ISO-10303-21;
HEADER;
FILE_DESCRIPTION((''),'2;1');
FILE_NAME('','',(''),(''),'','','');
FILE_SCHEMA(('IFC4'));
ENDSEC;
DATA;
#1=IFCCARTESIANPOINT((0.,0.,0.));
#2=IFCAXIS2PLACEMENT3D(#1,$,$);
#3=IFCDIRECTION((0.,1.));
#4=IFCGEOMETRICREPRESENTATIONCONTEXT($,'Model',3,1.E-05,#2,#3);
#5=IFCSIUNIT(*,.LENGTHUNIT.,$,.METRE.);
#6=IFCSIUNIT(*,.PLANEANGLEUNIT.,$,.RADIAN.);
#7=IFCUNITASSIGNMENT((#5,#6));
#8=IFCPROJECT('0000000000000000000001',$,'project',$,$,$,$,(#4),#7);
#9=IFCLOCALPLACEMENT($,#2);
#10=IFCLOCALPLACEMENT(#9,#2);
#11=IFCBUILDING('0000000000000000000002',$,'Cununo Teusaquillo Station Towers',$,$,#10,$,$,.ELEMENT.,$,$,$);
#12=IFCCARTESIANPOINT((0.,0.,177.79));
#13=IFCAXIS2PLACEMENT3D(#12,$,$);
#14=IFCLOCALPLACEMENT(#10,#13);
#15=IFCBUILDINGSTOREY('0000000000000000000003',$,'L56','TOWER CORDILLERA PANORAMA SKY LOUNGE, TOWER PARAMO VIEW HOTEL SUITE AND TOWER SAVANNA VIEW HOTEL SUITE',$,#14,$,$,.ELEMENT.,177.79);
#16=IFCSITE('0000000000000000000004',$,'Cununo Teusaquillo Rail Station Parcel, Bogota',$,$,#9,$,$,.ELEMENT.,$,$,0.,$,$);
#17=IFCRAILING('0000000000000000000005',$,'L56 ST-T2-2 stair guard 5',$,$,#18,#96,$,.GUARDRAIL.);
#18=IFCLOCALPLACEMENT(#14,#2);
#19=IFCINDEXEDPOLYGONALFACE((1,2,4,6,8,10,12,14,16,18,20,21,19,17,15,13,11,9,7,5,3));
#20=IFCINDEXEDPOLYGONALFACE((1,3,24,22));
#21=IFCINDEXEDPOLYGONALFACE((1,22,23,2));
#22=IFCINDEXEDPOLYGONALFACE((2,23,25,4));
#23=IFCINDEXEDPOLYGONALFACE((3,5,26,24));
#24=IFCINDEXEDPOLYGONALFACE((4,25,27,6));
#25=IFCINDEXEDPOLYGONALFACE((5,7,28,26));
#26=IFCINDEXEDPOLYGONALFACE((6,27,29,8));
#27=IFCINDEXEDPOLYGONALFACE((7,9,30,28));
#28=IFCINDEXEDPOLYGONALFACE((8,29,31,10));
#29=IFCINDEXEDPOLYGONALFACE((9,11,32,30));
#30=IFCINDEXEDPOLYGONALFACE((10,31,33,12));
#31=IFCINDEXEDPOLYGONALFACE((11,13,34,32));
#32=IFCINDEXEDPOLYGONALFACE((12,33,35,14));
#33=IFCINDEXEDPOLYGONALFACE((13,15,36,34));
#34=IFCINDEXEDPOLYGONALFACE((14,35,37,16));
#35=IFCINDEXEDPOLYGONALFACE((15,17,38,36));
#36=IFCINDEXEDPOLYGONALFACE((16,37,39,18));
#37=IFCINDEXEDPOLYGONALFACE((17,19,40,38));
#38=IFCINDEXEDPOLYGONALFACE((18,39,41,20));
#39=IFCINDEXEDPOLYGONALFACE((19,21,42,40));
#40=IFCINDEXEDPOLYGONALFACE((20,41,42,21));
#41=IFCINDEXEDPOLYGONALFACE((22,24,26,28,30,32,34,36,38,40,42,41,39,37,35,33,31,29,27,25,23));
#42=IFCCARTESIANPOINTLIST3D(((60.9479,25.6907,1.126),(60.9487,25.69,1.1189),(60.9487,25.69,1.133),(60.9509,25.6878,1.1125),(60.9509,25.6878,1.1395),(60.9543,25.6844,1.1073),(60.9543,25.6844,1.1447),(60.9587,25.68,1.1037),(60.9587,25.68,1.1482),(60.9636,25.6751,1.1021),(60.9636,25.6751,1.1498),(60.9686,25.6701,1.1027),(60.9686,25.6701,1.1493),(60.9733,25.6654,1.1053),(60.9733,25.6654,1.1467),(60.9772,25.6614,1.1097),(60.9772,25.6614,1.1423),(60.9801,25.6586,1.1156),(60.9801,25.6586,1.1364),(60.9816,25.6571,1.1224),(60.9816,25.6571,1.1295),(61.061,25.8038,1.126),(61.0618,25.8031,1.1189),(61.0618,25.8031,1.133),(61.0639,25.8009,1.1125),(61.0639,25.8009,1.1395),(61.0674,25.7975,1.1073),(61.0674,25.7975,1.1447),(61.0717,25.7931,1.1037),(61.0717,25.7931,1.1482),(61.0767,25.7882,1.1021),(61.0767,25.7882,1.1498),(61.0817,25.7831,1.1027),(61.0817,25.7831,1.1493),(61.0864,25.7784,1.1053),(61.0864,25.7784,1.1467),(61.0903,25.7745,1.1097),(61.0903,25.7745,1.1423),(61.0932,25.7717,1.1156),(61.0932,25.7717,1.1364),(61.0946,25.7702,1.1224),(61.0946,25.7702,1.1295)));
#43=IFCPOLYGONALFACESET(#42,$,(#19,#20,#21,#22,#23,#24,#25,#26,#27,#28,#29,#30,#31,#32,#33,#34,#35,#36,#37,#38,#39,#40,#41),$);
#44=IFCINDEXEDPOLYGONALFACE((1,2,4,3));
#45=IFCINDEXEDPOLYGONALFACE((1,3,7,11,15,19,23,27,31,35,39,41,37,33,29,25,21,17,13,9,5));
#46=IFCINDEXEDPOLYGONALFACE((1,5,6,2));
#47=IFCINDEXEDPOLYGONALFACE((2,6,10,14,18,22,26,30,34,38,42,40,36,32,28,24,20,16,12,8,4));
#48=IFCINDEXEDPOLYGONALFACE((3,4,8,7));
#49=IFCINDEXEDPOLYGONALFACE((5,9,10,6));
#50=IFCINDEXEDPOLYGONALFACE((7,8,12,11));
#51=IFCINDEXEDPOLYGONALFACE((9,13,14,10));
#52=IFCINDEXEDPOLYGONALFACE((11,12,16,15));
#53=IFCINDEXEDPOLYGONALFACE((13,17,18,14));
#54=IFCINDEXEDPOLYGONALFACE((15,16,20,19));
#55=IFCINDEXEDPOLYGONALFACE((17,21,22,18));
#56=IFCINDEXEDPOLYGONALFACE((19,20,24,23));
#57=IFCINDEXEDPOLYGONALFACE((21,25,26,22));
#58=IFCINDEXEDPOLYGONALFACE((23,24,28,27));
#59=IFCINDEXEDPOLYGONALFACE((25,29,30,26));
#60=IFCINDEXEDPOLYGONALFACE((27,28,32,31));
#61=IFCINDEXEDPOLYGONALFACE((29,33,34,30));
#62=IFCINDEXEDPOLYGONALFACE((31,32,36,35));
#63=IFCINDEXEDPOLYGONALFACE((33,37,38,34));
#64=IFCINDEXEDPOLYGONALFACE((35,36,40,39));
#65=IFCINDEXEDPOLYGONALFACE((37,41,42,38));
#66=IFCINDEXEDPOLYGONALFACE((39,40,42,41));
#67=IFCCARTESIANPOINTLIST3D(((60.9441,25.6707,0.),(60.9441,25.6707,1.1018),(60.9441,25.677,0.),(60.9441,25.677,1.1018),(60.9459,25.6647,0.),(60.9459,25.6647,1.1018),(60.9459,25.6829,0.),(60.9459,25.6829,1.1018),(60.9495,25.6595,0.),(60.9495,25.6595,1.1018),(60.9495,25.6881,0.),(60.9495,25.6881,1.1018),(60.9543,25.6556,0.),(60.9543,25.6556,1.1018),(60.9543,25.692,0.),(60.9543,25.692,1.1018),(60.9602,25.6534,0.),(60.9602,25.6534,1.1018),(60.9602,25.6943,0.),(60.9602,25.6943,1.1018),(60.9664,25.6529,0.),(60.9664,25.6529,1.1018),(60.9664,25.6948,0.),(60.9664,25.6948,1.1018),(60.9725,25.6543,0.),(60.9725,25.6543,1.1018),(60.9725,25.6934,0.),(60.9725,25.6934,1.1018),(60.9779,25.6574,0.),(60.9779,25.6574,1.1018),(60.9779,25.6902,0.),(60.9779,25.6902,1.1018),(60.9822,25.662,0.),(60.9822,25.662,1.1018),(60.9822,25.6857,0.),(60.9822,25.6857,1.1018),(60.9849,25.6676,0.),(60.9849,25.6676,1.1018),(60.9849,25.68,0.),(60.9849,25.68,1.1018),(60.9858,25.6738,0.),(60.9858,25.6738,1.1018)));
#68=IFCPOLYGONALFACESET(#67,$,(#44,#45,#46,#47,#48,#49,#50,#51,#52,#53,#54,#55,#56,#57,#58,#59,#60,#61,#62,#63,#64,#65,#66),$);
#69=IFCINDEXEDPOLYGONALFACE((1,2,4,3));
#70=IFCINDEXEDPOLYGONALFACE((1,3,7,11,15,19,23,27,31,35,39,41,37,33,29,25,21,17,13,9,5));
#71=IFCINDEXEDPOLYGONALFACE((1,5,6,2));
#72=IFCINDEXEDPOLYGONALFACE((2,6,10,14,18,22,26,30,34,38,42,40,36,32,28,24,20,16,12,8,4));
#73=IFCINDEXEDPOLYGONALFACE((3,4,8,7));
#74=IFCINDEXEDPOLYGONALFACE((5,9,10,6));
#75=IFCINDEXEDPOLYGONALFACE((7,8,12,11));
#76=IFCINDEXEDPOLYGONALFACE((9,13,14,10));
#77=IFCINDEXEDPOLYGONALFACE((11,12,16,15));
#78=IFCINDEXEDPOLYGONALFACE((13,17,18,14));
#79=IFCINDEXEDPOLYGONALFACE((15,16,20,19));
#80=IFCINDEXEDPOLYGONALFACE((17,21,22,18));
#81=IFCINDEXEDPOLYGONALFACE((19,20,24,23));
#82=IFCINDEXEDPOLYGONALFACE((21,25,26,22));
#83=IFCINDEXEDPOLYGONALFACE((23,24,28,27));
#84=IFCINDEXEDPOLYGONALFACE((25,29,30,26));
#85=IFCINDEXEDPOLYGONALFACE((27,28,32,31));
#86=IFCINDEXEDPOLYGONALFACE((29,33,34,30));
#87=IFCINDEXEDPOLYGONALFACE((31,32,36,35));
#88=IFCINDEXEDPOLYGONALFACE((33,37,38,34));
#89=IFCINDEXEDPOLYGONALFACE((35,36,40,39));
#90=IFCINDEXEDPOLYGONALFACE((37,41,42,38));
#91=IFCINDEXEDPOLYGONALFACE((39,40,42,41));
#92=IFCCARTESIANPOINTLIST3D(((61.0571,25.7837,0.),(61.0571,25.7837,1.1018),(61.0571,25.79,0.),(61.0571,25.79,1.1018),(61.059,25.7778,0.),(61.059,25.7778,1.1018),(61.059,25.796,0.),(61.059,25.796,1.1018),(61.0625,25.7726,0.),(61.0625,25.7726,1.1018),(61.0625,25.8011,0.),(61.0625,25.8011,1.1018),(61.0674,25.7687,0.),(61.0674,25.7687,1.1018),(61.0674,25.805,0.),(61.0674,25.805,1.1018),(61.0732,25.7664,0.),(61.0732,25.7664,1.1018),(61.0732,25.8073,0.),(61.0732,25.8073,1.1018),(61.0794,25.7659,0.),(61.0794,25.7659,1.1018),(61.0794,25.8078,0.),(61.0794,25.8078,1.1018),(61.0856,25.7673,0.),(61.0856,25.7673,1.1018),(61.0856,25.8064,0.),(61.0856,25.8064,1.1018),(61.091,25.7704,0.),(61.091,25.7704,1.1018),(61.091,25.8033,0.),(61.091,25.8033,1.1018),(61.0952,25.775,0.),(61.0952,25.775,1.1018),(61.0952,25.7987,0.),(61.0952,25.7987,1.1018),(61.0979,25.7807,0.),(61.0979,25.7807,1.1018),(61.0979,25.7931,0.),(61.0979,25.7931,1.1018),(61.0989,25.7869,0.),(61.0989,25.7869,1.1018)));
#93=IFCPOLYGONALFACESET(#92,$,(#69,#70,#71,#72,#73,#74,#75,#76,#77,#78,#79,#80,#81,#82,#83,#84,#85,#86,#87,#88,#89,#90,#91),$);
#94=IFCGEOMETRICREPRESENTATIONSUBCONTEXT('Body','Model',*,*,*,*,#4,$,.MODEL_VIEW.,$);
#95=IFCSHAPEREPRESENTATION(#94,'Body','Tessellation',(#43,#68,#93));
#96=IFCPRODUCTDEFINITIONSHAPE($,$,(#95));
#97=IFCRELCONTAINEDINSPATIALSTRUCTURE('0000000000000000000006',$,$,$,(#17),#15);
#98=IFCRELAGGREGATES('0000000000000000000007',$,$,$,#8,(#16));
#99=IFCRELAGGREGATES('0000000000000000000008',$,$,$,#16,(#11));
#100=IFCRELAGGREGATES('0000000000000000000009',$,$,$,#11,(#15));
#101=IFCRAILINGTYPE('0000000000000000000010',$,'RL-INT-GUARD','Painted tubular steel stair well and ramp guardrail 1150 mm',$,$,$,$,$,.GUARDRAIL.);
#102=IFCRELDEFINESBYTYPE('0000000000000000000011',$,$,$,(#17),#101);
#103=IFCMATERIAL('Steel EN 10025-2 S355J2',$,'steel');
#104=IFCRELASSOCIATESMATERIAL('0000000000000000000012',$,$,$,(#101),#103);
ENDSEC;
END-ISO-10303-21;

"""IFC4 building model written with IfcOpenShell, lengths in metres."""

from ifc_helpers import new_model, si_unit, direction, frame, origin, origin_2d, place, context, subcontext, project, spatial, circle, extrude, material, type_object, element, save


model = new_model("IFC4")

# Units and contexts
model_context = context("Model", 3, precision=1e-05, world=origin(), true_north=direction((0.0, 1.0)))
body_context = subcontext(model_context, "Body", "Model", "MODEL_VIEW")
ifc_project = project(units=[si_unit("LENGTHUNIT", "METRE"), si_unit("PLANEANGLEUNIT", "RADIAN")], contexts=[model_context])

# Site, building, storey
site_placement = place(None, origin())
site = spatial("IfcSite", under=ifc_project, at=site_placement, Name="Cununo Teusaquillo Rail Station Parcel, Bogota", CompositionType="ELEMENT", RefElevation=0.0)
building_placement = place(site_placement, origin())
building = spatial("IfcBuilding", under=site, at=building_placement, Name="Cununo Teusaquillo Station Towers", CompositionType="ELEMENT")
storey_placement = place(building_placement, frame((0.0, 0.0, 177.79)))
storey = spatial("IfcBuildingStorey", under=building, at=storey_placement, Name="L56", Description="TOWER CORDILLERA PANORAMA SKY LOUNGE, TOWER PARAMO VIEW HOTEL SUITE AND TOWER SAVANNA VIEW HOTEL SUITE", CompositionType="ELEMENT", Elevation=177.79)

# Railing
ifc_material_1 = material(Name="Steel EN 10025-2 S355J2", Category="steel")
railing_type_1 = type_object("IfcRailingType", Name="RL-INT-GUARD", Description="Painted tubular steel stair well and ramp guardrail 1150 mm", PredefinedType="GUARDRAIL", material=ifc_material_1)
railing_1_placement = place(storey_placement, frame((60.9648, 25.6738, 0.0)))
element("IfcRailing", 1, at=railing_1_placement, inside=storey, type_object=railing_type_1, Name="L56 ST-T2-2 stair guard 5", PredefinedType="GUARDRAIL", context=body_context, shape_type="SweptSolid", body=[
    extrude(circle(Radius=0.0239, at=origin_2d()), frame((0.0, 0.0, 1.126), z_axis=(0.707107, 0.707107, 0.0), x_axis=(-0.707107, 0.707107, 0.0)), (0.0, 0.0, 1.0), 0.1599),
    extrude(circle(Radius=0.021, at=origin_2d()), origin(), (0.0, 0.0, 1.0), 1.1018),
    extrude(circle(Radius=0.021, at=origin_2d()), frame((0.113, 0.113, 0.0)), (0.0, 0.0, 1.0), 1.1018),
])

save(model, "model.ifc")
